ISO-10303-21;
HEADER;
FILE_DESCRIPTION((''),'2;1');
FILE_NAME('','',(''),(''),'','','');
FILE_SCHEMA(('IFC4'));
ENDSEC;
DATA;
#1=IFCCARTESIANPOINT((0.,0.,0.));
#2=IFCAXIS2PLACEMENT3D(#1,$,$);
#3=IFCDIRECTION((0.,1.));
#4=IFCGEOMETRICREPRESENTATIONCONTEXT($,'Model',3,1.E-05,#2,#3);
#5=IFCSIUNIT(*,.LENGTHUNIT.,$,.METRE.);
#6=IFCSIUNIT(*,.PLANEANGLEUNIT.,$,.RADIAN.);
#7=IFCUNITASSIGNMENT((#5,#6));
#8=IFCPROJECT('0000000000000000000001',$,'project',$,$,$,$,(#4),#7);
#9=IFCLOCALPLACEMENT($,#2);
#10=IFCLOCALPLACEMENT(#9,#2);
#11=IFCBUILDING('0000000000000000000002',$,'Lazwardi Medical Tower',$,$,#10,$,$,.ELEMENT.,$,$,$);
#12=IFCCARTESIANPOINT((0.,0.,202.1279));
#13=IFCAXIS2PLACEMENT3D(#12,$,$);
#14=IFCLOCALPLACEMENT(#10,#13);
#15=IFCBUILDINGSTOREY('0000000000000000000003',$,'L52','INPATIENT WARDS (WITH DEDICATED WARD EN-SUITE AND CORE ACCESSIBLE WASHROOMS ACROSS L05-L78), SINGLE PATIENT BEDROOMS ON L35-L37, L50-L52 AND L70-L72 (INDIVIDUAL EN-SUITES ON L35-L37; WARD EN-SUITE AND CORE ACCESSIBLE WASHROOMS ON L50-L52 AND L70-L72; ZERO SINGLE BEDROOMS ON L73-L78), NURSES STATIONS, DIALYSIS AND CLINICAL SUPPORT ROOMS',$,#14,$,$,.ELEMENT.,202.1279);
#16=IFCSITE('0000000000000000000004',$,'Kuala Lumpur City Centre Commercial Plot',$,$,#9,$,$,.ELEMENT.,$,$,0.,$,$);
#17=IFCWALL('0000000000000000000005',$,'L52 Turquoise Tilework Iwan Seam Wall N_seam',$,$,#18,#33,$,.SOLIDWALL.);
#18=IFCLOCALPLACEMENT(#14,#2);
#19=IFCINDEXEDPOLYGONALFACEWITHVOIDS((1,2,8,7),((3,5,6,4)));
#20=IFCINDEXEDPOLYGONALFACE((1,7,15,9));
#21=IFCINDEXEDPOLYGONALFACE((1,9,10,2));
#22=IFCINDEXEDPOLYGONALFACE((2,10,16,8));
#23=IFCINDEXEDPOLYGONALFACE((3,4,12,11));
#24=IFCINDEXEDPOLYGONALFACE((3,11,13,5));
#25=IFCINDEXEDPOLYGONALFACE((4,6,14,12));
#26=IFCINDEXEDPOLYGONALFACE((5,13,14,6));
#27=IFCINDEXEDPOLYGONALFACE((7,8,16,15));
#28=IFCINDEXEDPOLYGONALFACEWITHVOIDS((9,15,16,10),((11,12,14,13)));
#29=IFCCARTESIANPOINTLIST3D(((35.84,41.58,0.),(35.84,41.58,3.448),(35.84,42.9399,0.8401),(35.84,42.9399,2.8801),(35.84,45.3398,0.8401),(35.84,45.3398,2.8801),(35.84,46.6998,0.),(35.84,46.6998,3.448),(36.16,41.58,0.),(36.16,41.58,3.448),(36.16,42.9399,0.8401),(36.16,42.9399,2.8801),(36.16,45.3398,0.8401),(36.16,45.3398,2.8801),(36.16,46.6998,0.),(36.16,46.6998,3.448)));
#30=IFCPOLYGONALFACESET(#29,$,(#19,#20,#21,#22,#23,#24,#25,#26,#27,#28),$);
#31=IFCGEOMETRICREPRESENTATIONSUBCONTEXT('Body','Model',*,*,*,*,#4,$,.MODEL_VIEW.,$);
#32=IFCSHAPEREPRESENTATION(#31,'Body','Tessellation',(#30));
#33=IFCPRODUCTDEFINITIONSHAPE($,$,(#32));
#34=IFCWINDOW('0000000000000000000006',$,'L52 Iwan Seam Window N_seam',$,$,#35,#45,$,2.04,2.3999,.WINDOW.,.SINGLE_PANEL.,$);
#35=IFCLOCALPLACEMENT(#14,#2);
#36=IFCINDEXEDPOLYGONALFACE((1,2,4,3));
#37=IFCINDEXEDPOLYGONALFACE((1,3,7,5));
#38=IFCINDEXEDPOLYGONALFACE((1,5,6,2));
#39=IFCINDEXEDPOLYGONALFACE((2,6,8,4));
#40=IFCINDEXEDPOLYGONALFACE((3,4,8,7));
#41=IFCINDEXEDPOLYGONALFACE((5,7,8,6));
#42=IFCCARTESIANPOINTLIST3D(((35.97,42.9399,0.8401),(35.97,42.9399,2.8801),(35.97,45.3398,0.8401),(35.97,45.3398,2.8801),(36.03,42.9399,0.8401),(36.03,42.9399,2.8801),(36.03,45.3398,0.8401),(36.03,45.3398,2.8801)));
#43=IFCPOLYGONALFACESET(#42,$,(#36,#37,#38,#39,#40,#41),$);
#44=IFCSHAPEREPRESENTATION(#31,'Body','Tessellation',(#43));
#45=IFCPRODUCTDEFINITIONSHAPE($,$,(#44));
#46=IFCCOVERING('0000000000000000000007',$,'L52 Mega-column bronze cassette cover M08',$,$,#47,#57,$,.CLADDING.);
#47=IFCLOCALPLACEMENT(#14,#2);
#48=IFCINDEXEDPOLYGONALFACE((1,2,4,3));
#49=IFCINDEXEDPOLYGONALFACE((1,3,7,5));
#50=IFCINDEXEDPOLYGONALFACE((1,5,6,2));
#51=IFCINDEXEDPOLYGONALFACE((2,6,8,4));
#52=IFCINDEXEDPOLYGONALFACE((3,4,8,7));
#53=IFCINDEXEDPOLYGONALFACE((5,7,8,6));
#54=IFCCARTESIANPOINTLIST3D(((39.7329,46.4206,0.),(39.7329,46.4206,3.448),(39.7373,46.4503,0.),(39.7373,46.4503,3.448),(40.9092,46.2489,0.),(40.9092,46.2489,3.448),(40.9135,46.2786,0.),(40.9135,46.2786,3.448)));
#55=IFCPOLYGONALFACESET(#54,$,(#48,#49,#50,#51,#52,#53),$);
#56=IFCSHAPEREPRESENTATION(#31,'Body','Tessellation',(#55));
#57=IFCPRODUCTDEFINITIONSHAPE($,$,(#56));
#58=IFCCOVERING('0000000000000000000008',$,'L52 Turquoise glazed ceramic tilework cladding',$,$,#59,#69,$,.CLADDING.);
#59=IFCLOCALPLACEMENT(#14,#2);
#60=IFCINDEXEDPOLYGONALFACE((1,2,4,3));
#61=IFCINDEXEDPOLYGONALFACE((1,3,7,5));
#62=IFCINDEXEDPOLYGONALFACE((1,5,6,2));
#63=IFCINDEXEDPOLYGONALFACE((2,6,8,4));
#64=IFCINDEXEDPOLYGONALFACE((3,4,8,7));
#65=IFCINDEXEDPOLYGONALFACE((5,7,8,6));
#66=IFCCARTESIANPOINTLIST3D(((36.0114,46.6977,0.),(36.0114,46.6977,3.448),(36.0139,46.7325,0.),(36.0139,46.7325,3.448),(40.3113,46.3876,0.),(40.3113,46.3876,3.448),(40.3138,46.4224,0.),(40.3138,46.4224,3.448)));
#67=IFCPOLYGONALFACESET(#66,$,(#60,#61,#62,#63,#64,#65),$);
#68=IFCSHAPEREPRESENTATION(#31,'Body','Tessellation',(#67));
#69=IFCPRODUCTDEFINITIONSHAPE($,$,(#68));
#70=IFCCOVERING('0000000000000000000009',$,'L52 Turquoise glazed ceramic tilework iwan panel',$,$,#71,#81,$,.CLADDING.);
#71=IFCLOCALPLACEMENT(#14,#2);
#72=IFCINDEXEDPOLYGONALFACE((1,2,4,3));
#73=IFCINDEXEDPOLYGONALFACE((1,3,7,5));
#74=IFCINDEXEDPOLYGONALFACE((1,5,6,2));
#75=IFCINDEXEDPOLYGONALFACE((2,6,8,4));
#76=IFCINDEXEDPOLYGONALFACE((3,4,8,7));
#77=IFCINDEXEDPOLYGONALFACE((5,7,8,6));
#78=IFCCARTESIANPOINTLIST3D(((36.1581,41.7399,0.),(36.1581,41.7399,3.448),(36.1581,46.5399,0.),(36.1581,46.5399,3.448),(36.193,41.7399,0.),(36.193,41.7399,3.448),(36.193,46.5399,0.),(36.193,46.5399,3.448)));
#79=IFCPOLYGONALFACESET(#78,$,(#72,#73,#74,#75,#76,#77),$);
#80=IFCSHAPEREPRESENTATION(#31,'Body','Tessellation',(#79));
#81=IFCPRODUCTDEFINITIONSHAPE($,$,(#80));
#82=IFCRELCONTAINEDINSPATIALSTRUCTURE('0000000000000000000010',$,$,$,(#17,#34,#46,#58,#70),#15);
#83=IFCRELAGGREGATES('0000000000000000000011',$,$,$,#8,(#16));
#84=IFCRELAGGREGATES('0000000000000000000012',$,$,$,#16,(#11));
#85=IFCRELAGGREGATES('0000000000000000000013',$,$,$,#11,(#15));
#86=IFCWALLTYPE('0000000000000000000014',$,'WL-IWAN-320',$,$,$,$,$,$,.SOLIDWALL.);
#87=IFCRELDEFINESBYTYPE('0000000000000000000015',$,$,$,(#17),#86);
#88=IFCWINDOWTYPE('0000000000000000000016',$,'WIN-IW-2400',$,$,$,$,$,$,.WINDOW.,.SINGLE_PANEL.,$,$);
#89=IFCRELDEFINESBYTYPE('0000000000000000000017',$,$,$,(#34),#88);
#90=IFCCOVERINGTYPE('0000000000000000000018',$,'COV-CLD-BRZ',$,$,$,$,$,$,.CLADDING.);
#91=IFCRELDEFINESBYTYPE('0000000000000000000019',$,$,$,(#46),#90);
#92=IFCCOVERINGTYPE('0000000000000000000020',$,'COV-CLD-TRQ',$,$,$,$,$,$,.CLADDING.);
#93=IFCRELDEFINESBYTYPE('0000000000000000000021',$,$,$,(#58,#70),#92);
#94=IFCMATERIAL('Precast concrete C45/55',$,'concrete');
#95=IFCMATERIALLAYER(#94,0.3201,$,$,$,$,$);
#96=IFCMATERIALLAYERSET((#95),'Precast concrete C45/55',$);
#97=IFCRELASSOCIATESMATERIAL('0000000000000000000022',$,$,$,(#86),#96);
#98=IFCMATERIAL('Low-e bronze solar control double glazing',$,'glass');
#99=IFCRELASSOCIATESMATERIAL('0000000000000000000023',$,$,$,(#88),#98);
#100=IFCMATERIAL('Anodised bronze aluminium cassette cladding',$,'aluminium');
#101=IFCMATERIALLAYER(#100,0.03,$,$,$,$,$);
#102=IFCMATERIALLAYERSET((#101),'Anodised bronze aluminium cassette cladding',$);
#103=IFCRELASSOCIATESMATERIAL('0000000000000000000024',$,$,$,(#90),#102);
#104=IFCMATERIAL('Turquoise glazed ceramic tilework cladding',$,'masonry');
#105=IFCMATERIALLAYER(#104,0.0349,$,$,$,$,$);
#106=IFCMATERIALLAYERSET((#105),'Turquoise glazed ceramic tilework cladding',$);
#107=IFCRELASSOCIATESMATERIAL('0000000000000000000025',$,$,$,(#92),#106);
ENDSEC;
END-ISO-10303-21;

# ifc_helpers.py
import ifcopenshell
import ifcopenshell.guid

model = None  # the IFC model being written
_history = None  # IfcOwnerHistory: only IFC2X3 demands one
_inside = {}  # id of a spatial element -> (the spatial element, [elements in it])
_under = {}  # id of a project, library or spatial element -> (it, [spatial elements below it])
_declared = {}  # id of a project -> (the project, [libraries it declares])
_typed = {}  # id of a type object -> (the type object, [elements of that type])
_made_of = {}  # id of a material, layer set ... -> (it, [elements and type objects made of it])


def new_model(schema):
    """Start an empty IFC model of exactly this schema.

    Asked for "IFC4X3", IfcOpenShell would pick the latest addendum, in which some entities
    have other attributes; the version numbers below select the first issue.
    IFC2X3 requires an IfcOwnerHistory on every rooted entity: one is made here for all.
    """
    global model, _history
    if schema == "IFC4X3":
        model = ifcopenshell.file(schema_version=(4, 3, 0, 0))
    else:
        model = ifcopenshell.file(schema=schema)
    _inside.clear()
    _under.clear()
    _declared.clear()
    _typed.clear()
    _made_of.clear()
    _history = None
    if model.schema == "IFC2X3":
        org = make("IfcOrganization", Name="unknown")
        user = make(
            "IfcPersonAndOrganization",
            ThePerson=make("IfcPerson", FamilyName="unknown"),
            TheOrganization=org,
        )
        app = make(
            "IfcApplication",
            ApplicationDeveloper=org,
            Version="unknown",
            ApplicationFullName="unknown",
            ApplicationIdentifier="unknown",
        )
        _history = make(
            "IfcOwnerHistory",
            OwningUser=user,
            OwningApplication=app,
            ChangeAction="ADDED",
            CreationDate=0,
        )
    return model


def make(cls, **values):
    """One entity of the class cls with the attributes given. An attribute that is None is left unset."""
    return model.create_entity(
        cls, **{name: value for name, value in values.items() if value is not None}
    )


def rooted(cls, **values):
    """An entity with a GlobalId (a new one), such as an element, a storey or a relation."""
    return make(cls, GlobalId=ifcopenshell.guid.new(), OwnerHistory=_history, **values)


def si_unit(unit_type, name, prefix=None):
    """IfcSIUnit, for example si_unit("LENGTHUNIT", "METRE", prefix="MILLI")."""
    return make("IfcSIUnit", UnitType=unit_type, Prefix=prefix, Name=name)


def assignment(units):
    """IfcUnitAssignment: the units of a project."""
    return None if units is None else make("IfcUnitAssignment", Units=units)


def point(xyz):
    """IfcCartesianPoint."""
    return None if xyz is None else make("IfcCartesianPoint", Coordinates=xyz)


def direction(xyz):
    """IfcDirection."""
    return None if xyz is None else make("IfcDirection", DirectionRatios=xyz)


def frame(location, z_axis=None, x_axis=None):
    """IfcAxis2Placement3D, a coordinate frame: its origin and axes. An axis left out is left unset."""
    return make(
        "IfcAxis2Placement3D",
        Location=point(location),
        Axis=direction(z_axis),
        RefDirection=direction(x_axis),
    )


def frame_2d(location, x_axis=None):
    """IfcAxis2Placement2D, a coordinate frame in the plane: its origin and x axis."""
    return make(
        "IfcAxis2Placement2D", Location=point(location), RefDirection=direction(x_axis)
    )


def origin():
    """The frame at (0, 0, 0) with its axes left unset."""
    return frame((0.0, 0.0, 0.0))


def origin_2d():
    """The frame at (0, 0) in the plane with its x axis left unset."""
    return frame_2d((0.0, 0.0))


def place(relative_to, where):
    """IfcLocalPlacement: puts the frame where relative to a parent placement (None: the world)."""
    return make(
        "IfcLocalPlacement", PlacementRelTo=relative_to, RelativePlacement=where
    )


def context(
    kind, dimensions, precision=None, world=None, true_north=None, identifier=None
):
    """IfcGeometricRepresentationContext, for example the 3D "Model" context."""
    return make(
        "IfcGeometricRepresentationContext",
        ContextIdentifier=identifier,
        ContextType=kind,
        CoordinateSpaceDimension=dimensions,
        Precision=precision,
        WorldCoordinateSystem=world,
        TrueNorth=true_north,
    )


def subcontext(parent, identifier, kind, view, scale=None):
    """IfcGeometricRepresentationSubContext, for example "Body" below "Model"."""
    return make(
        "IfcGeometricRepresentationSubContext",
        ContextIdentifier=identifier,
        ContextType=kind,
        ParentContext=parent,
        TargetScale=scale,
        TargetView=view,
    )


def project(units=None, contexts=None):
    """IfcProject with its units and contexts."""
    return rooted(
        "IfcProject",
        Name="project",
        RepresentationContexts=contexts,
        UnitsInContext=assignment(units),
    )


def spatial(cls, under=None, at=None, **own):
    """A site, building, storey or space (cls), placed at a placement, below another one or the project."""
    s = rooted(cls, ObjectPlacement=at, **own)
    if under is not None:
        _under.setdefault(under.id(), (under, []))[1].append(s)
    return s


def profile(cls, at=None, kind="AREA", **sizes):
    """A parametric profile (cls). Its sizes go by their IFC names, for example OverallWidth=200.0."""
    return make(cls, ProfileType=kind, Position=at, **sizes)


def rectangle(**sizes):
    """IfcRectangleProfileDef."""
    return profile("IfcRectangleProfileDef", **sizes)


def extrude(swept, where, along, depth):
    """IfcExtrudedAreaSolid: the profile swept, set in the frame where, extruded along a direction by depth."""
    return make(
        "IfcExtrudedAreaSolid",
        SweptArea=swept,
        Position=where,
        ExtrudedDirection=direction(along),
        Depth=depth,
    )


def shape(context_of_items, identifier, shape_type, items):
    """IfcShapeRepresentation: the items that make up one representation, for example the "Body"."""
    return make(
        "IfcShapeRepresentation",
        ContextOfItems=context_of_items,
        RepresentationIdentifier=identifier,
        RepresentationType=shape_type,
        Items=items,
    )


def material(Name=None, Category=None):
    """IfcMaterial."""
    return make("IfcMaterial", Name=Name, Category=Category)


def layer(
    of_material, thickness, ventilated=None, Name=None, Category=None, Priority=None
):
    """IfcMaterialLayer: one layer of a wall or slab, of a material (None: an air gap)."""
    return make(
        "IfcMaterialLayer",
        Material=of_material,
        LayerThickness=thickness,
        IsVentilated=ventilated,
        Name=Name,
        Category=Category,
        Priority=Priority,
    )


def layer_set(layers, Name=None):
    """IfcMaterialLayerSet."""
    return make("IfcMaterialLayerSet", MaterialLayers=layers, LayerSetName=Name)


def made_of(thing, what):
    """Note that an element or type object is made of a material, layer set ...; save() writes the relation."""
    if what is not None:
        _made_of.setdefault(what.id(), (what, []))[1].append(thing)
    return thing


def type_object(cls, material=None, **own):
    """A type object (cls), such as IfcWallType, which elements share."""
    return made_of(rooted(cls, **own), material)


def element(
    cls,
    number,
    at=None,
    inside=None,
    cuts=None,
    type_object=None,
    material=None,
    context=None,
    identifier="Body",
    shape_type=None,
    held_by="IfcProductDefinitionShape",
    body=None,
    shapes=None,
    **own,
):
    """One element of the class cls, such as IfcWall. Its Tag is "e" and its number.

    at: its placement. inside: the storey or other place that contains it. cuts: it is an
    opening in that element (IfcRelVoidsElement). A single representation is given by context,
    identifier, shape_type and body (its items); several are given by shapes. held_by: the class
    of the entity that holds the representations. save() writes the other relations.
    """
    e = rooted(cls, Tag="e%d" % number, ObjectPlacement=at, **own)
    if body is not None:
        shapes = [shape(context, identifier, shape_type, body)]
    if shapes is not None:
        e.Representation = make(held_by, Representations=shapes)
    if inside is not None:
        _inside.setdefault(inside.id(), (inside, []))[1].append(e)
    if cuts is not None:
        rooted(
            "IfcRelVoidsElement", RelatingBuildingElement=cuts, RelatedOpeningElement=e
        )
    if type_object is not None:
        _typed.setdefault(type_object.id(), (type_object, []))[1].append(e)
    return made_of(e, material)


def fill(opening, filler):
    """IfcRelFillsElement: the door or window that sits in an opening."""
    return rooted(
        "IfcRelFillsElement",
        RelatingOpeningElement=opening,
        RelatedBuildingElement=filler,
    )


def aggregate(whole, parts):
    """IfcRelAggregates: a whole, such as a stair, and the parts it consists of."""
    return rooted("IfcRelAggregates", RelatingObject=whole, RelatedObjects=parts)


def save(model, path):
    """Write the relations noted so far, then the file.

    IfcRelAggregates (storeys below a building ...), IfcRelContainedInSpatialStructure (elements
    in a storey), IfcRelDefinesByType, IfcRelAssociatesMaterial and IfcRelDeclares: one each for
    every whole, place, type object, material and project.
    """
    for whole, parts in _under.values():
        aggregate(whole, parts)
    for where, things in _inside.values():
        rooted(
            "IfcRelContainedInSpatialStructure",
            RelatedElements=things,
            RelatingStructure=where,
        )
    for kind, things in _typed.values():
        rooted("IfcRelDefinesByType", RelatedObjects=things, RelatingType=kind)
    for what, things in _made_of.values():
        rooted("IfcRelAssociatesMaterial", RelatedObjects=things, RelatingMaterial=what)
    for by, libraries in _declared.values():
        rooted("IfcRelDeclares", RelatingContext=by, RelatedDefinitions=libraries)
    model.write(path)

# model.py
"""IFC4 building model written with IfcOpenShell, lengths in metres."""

from ifc_helpers import new_model, si_unit, direction, frame, frame_2d, origin, origin_2d, place, context, subcontext, project, spatial, rectangle, extrude, material, layer, layer_set, type_object, element, fill, save


model = new_model("IFC4")

# Units and contexts
model_context = context("Model", 3, precision=1e-05, world=origin(), true_north=direction((0.0, 1.0)))
body_context = subcontext(model_context, "Body", "Model", "MODEL_VIEW")
ifc_project = project(units=[si_unit("LENGTHUNIT", "METRE"), si_unit("PLANEANGLEUNIT", "RADIAN")], contexts=[model_context])

# Site, building, storey
site_placement = place(None, origin())
site = spatial("IfcSite", under=ifc_project, at=site_placement, Name="Kuala Lumpur City Centre Commercial Plot", CompositionType="ELEMENT", RefElevation=0.0)
building_placement = place(site_placement, origin())
building = spatial("IfcBuilding", under=site, at=building_placement, Name="Lazwardi Medical Tower", CompositionType="ELEMENT")
storey_placement = place(building_placement, frame((0.0, 0.0, 202.1279)))
storey = spatial("IfcBuildingStorey", under=building, at=storey_placement, Name="L52", Description="INPATIENT WARDS (WITH DEDICATED WARD EN-SUITE AND CORE ACCESSIBLE WASHROOMS ACROSS L05-L78), SINGLE PATIENT BEDROOMS ON L35-L37, L50-L52 AND L70-L72 (INDIVIDUAL EN-SUITES ON L35-L37; WARD EN-SUITE AND CORE ACCESSIBLE WASHROOMS ON L50-L52 AND L70-L72; ZERO SINGLE BEDROOMS ON L73-L78), NURSES STATIONS, DIALYSIS AND CLINICAL SUPPORT ROOMS", CompositionType="ELEMENT", Elevation=202.1279)

# Shared definitions
ifc_material_1 = material(Name="Low-e bronze solar control double glazing", Category="glass")

# Wall, opening, window
ifc_material_2 = material(Name="Precast concrete C45/55", Category="concrete")
ifc_layer_1 = layer(ifc_material_2, 0.3201)
ifc_layer_set_1 = layer_set([ifc_layer_1], Name="Precast concrete C45/55")
wall_type_1 = type_object("IfcWallType", Name="WL-IWAN-320", PredefinedType="SOLIDWALL", material=ifc_layer_set_1)
wall_1_placement = place(storey_placement, frame((36.0, 46.7, 0.0), z_axis=(0.0, 0.0, 1.0), x_axis=(0.0, -1.0, 0.0)))
wall_1 = element("IfcWall", 1, at=wall_1_placement, inside=storey, type_object=wall_type_1, Name="L52 Turquoise Tilework Iwan Seam Wall N_seam", PredefinedType="SOLIDWALL", context=body_context, shape_type="SweptSolid", body=[
    extrude(rectangle(XDim=5.1199, YDim=0.3201, at=frame_2d((2.5601, 0.0))), origin(), (0.0, 0.0, 1.0), 3.448),
])
opening_1_placement = place(wall_1_placement, frame((1.3601, 0.0, 0.8401)))
opening_1 = element("IfcOpeningElement", 2, at=opening_1_placement, cuts=wall_1, PredefinedType="OPENING", context=body_context, shape_type="SweptSolid", body=[
    extrude(rectangle(XDim=2.3999, YDim=2.04, at=frame_2d((1.2, 1.02))), frame((0.0, 0.1699, 0.0), z_axis=(0.0, -1.0, 0.0), x_axis=(1.0, 0.0, 0.0)), (0.0, 0.0, 1.0), 0.3401),
])
window_type_1 = type_object("IfcWindowType", Name="WIN-IW-2400", PartitioningType="SINGLE_PANEL", PredefinedType="WINDOW", material=ifc_material_1)
window_1_placement = place(opening_1_placement, origin())
window_1 = element("IfcWindow", 3, at=window_1_placement, inside=storey, type_object=window_type_1, Name="L52 Iwan Seam Window N_seam", OverallHeight=2.04, OverallWidth=2.3999, PartitioningType="SINGLE_PANEL", PredefinedType="WINDOW", context=body_context, shape_type="SweptSolid", body=[
    extrude(rectangle(XDim=2.3999, YDim=2.04, at=frame_2d((1.2, 1.02))), frame((0.0, 0.03, 0.0), z_axis=(0.0, -1.0, 0.0), x_axis=(1.0, 0.0, 0.0)), (0.0, 0.0, 1.0), 0.0601),
])
fill(opening_1, window_1)

# Coverings
ifc_material_3 = material(Name="Anodised bronze aluminium cassette cladding", Category="aluminium")
ifc_layer_2 = layer(ifc_material_3, 0.03)
ifc_layer_set_2 = layer_set([ifc_layer_2], Name="Anodised bronze aluminium cassette cladding")
covering_type_1 = type_object("IfcCoveringType", Name="COV-CLD-BRZ", PredefinedType="CLADDING", material=ifc_layer_set_2)
covering_1_placement = place(storey_placement, frame((40.3232, 46.3496, 0.0), z_axis=(0.0, 0.0, 1.0), x_axis=(-0.989512, 0.144448, 0.0)))
element("IfcCovering", 4, at=covering_1_placement, inside=storey, type_object=covering_type_1, Name="L52 Mega-column bronze cassette cover M08", PredefinedType="CLADDING", context=body_context, shape_type="SweptSolid", body=[
    extrude(rectangle(XDim=1.1887, YDim=0.03, at=origin_2d()), origin(), (0.0, 0.0, 1.0), 3.448),
])
ifc_material_4 = material(Name="Turquoise glazed ceramic tilework cladding", Category="masonry")
ifc_layer_3 = layer(ifc_material_4, 0.0349)
ifc_layer_set_3 = layer_set([ifc_layer_3], Name="Turquoise glazed ceramic tilework cladding")
covering_type_2 = type_object("IfcCoveringType", Name="COV-CLD-TRQ", PredefinedType="CLADDING", material=ifc_layer_set_3)
covering_2_placement = place(storey_placement, frame((38.1626, 46.5601, 0.0), z_axis=(0.0, 0.0, 1.0), x_axis=(-0.997409, 0.071933, 0.0)))
element("IfcCovering", 5, at=covering_2_placement, inside=storey, type_object=covering_type_2, Name="L52 Turquoise glazed ceramic tilework cladding", PredefinedType="CLADDING", context=body_context, shape_type="SweptSolid", body=[
    extrude(rectangle(XDim=4.311, YDim=0.0349, at=origin_2d()), origin(), (0.0, 0.0, 1.0), 3.448),
])
covering_3_placement = place(storey_placement, frame((36.1755, 44.1399, 0.0), z_axis=(0.0, 0.0, 1.0), x_axis=(0.0, -1.0, 0.0)))
element("IfcCovering", 6, at=covering_3_placement, inside=storey, type_object=covering_type_2, Name="L52 Turquoise glazed ceramic tilework iwan panel", PredefinedType="CLADDING", context=body_context, shape_type="SweptSolid", body=[
    extrude(rectangle(XDim=4.8, YDim=0.0349, at=origin_2d()), origin(), (0.0, 0.0, 1.0), 3.448),
])

save(model, "model.ifc")
